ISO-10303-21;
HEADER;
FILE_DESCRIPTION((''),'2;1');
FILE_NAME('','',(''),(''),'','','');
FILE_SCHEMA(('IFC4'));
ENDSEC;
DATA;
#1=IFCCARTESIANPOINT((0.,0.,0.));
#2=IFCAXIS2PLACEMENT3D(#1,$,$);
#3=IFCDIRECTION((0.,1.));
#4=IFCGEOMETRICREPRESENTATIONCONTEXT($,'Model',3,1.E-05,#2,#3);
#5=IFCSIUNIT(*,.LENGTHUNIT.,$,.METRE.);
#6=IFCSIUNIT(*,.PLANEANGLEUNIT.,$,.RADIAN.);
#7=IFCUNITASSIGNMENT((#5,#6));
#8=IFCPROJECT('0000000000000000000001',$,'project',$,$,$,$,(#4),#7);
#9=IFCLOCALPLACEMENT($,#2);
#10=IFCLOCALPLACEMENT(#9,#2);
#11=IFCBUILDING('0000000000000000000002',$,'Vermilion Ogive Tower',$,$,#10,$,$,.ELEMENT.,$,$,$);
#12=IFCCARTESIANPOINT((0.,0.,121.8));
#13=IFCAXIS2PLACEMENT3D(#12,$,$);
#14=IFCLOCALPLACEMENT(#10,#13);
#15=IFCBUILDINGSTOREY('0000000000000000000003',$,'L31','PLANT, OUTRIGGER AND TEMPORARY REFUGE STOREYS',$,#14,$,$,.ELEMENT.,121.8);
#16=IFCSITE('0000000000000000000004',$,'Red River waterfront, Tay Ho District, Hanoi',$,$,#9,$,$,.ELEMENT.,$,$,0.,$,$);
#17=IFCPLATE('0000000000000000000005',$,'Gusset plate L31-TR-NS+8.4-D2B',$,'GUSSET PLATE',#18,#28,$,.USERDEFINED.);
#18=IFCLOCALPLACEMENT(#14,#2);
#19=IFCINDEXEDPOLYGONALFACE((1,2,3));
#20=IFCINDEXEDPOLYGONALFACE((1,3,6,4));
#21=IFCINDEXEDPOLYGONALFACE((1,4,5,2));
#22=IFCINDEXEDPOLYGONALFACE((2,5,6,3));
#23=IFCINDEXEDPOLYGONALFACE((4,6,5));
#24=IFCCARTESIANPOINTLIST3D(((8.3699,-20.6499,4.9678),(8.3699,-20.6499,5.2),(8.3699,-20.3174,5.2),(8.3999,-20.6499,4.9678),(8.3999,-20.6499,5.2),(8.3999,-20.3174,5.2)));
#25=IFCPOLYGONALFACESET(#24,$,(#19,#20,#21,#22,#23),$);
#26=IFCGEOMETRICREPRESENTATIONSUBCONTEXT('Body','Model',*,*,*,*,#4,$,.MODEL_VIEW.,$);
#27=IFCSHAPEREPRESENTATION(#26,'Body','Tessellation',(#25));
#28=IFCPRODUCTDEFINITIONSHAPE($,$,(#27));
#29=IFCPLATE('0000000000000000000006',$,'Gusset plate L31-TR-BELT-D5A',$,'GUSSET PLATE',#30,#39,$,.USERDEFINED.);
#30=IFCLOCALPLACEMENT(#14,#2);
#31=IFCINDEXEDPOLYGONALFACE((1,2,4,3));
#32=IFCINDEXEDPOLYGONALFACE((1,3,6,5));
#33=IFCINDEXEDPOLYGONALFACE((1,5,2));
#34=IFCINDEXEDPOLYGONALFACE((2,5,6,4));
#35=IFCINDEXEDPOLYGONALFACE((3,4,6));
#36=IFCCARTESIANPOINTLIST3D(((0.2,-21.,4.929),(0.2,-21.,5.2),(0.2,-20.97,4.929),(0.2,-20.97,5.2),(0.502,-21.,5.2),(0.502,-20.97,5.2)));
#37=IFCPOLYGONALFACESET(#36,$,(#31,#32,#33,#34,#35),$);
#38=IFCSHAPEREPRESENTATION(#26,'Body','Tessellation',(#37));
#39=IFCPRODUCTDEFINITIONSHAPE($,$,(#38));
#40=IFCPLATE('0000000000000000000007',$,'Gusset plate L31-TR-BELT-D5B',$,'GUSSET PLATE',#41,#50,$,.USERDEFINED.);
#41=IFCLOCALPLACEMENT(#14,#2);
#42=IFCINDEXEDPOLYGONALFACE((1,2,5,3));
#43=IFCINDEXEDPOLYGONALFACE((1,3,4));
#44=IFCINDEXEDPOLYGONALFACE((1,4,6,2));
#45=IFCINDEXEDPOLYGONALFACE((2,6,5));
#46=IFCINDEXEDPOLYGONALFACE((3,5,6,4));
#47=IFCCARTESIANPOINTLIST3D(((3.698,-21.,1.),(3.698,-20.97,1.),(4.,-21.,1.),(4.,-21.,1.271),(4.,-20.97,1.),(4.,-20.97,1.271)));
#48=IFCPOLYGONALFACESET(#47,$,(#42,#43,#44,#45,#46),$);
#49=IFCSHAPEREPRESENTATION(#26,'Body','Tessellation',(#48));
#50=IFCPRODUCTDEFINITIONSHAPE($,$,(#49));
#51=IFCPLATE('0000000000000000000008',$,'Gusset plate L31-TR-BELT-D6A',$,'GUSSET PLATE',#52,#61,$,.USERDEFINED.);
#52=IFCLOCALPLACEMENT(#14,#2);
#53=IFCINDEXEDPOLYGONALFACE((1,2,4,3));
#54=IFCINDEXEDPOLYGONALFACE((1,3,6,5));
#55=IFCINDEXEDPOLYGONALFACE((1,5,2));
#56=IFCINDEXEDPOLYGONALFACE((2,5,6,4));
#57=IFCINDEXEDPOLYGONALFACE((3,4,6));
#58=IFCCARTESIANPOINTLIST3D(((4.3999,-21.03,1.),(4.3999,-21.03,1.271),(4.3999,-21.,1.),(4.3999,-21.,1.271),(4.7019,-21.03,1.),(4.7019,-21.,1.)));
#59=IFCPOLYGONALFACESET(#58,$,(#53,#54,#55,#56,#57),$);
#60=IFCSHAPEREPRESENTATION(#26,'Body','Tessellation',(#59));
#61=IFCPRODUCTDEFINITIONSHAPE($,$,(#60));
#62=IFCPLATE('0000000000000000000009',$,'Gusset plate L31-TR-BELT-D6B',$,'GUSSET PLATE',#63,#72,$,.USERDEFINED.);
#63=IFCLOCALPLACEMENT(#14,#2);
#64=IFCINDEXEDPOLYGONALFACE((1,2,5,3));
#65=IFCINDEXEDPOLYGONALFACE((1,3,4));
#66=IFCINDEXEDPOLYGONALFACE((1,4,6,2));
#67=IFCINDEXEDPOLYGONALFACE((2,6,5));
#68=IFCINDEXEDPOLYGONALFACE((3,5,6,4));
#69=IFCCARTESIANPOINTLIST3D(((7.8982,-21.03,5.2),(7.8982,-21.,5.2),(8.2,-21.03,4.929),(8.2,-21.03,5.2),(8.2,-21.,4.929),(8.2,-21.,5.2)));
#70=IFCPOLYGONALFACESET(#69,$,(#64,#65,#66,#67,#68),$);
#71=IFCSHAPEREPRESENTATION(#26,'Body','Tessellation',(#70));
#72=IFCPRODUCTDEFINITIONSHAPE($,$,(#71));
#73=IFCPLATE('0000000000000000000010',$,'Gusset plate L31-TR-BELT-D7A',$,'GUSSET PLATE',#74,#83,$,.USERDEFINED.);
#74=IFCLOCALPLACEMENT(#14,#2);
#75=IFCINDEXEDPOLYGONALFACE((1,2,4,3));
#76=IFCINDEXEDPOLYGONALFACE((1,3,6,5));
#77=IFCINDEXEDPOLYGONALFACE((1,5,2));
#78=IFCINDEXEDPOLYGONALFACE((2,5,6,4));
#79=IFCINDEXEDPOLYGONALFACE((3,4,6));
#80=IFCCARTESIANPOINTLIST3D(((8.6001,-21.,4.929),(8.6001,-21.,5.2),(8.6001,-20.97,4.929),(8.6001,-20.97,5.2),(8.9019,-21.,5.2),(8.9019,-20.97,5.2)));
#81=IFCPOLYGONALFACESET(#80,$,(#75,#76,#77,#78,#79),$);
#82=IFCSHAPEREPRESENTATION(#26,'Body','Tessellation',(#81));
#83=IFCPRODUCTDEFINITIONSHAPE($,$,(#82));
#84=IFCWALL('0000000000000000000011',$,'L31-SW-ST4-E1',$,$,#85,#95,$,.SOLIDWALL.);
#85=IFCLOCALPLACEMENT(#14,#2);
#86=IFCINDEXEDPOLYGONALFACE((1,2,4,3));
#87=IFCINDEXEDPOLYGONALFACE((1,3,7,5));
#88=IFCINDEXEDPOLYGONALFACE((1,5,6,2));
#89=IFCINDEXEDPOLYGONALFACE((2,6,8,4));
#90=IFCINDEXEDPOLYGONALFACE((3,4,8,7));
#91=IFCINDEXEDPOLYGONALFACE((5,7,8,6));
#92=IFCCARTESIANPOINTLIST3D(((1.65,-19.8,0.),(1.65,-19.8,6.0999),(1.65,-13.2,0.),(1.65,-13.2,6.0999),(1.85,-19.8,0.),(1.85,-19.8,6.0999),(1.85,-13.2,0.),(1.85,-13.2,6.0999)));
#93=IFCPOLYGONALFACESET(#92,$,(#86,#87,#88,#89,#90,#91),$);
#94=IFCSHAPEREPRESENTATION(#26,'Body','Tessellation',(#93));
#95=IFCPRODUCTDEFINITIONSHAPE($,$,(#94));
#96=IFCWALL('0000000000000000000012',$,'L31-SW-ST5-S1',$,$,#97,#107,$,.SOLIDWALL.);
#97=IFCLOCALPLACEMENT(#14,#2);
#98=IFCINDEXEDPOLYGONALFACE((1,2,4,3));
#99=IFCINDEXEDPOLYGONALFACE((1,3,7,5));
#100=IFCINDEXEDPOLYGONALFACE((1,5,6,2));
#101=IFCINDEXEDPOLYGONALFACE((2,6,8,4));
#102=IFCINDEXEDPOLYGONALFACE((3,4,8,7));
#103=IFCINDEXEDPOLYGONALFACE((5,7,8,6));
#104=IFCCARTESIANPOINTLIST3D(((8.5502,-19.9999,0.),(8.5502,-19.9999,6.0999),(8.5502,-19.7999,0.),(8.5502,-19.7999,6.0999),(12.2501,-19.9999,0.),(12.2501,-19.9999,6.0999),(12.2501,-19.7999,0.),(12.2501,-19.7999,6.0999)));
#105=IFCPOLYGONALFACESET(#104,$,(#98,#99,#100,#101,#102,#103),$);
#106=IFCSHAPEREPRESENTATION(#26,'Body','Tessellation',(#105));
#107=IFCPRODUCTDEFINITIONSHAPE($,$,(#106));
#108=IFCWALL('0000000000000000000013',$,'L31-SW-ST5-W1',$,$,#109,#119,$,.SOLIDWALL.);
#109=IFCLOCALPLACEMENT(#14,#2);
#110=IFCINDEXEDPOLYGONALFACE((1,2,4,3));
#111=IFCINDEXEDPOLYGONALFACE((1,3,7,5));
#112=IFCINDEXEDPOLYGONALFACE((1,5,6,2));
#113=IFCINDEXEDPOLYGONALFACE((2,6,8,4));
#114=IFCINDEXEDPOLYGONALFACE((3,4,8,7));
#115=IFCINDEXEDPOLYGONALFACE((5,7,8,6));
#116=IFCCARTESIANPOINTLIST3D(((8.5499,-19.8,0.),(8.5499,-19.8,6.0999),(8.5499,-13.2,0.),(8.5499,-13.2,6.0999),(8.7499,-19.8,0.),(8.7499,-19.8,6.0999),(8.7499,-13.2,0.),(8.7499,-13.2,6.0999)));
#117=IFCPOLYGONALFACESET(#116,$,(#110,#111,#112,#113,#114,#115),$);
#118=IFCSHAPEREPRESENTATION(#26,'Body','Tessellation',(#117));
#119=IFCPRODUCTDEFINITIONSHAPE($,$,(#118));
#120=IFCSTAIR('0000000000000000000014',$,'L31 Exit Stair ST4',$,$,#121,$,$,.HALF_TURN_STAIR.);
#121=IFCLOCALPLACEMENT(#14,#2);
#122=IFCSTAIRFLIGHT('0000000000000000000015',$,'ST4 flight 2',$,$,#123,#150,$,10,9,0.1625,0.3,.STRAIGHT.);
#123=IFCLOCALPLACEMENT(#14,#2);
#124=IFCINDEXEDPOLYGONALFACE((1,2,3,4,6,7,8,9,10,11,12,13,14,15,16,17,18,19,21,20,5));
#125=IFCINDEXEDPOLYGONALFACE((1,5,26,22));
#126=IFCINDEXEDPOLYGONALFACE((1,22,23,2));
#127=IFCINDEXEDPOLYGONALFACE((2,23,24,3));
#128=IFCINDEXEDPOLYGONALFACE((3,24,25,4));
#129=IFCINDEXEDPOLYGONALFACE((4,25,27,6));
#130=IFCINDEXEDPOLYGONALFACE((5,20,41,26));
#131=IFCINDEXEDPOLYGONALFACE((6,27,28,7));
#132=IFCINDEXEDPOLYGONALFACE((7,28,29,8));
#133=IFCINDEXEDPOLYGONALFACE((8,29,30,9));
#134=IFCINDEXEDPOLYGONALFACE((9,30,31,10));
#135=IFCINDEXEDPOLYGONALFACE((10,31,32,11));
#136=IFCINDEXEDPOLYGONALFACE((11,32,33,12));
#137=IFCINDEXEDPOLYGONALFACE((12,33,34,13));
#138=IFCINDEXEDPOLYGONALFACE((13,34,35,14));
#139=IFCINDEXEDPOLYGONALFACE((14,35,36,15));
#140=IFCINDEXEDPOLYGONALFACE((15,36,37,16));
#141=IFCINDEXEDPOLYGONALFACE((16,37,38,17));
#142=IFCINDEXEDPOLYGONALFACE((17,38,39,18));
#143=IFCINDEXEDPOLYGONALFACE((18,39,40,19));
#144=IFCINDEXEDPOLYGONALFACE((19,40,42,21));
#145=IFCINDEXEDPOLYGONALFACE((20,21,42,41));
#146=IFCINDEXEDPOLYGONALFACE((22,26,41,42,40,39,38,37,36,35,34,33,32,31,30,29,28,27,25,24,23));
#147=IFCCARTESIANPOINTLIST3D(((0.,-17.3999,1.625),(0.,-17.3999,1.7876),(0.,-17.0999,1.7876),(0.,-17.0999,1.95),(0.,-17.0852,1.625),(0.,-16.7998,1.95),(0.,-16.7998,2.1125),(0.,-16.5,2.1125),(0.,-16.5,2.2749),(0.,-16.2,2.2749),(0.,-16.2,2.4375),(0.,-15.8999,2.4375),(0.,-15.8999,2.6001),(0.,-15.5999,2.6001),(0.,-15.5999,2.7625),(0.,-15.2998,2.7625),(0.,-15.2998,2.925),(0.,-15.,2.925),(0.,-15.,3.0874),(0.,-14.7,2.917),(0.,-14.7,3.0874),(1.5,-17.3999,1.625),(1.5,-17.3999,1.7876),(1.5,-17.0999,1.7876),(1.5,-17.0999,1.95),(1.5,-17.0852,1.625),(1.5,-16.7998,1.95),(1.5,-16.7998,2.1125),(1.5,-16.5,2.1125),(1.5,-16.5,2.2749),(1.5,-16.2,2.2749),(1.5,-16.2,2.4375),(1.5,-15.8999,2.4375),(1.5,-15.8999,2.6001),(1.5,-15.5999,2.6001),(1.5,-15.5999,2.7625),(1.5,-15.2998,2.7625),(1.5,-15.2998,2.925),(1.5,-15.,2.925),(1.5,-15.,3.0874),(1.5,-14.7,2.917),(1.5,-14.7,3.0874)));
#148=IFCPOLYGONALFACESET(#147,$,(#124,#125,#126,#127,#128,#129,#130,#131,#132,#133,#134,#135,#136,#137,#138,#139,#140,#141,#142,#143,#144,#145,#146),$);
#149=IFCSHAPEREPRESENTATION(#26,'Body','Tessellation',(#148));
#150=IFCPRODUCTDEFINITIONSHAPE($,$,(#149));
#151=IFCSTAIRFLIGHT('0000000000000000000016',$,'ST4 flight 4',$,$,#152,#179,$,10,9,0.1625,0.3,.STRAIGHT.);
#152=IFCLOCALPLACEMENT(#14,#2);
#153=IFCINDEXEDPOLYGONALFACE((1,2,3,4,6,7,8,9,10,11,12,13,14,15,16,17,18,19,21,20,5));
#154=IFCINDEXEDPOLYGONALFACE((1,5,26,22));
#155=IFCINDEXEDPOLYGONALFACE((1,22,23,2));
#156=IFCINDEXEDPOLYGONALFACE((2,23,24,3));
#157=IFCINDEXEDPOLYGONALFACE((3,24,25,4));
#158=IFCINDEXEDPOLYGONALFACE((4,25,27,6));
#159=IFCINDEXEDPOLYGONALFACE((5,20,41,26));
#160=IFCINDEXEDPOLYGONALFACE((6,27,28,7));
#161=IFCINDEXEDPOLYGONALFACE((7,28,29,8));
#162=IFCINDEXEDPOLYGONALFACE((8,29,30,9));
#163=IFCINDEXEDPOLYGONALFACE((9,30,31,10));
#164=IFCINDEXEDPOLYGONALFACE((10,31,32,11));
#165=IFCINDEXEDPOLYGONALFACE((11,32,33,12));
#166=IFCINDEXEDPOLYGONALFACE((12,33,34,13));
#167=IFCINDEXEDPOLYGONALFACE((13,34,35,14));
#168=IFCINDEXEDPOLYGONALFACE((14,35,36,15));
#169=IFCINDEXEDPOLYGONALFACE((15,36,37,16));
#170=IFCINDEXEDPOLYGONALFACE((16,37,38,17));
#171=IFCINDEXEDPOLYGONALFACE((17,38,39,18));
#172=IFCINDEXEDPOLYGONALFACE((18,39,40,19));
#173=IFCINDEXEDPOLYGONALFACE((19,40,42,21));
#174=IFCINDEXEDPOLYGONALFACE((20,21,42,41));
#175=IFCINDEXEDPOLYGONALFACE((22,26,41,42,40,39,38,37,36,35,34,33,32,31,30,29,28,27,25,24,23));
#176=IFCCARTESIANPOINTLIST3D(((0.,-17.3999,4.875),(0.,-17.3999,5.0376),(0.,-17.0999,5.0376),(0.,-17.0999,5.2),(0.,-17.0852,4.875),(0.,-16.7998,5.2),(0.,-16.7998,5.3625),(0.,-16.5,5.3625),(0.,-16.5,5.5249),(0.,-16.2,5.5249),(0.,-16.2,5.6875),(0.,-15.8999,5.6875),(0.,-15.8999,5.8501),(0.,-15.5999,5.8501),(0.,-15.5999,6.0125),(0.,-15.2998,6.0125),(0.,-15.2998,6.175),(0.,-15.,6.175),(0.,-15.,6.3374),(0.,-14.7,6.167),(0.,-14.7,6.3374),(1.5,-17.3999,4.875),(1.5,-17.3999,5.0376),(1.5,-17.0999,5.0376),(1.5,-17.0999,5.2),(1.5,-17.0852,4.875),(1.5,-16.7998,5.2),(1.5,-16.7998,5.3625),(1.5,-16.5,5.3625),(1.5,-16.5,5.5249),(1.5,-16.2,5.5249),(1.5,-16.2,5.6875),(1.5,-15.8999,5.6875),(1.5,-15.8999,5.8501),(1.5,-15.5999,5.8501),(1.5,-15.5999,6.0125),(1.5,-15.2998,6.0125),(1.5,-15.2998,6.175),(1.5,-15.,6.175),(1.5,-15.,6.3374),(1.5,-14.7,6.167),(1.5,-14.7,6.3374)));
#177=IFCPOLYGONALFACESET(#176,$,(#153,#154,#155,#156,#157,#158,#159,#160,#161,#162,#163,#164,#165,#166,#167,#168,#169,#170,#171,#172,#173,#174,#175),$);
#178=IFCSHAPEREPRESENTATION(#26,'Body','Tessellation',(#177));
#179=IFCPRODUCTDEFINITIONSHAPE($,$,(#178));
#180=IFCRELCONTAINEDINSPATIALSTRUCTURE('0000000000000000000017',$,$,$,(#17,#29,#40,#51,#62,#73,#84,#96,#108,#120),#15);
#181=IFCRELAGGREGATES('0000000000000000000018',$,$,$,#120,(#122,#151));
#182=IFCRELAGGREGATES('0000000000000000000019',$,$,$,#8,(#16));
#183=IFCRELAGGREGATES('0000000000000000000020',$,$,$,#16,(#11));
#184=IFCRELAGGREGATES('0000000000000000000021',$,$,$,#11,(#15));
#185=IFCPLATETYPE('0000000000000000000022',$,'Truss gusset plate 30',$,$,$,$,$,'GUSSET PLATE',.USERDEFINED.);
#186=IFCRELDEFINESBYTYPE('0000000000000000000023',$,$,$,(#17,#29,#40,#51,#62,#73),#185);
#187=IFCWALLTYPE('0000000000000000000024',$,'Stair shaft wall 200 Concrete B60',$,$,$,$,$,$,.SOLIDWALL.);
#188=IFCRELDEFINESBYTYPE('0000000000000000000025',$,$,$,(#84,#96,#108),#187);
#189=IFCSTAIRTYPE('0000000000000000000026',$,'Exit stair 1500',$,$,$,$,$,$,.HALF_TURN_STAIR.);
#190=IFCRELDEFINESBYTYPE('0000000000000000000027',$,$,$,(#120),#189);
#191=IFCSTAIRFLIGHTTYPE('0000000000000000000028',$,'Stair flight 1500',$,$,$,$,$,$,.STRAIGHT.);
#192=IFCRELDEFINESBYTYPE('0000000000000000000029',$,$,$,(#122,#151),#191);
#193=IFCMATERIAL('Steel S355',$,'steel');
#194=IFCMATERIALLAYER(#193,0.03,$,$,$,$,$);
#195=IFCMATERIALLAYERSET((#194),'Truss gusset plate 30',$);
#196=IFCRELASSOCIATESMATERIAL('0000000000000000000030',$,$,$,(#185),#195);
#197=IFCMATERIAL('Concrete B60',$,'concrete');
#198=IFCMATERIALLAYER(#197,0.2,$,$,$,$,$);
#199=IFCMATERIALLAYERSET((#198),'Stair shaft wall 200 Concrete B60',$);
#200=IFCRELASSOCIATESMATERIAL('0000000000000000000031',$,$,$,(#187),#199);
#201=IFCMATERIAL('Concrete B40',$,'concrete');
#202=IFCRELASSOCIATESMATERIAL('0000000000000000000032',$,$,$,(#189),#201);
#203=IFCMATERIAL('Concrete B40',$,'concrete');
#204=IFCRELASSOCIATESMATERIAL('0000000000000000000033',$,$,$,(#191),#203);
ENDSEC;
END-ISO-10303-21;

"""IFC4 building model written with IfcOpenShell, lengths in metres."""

from ifc_helpers import new_model, si_unit, direction, frame, frame_2d, origin, place, context, subcontext, project, spatial, polyline, rectangle, outline, extrude, material, layer, layer_set, type_object, element, aggregate, save


model = new_model("IFC4")

# Units and contexts
model_context = context("Model", 3, precision=1e-05, world=origin(), true_north=direction((0.0, 1.0)))
body_context = subcontext(model_context, "Body", "Model", "MODEL_VIEW")
ifc_project = project(units=[si_unit("LENGTHUNIT", "METRE"), si_unit("PLANEANGLEUNIT", "RADIAN")], contexts=[model_context])

# Site, building, storey
site_placement = place(None, origin())
site = spatial("IfcSite", under=ifc_project, at=site_placement, Name="Red River waterfront, Tay Ho District, Hanoi", CompositionType="ELEMENT", RefElevation=0.0)
building_placement = place(site_placement, origin())
building = spatial("IfcBuilding", under=site, at=building_placement, Name="Vermilion Ogive Tower", CompositionType="ELEMENT")
storey_placement = place(building_placement, frame((0.0, 0.0, 121.8)))
storey = spatial("IfcBuildingStorey", under=building, at=storey_placement, Name="L31", Description="PLANT, OUTRIGGER AND TEMPORARY REFUGE STOREYS", CompositionType="ELEMENT", Elevation=121.8)

# Plates
ifc_material_1 = material(Name="Steel S355", Category="steel")
ifc_layer_1 = layer(ifc_material_1, 0.03)
ifc_layer_set_1 = layer_set([ifc_layer_1], Name="Truss gusset plate 30")
plate_type_1 = type_object("IfcPlateType", Name="Truss gusset plate 30", ElementType="GUSSET PLATE", PredefinedType="USERDEFINED", material=ifc_layer_set_1)
plate_1_placement = place(storey_placement, frame((8.3999, -20.6499, 4.9678), z_axis=(1.0, 0.0, 0.0), x_axis=(0.0, 0.81991, 0.572492)))
element("IfcPlate", 1, at=plate_1_placement, inside=storey, type_object=plate_type_1, Name="Gusset plate L31-TR-NS+8.4-D2B", ObjectType="GUSSET PLATE", PredefinedType="USERDEFINED", context=body_context, shape_type="SweptSolid", body=[
    extrude(outline(polyline([(0.0, 0.0), (0.4056, 0.0), (0.1329, 0.1904), (0.0, 0.0)])), origin(), (0.0, 0.0, -1.0), 0.03),
])
for number, where, z_axis, x_axis, name in (
    (2, (0.2, -21.0, 4.929), (0.0, -1.0, 0.0), (0.744281, 0.0, 0.667867), "Gusset plate L31-TR-BELT-D5A"),
    (3, (4.0, -21.0, 1.271), (0.0, -1.0, 0.0), (-0.744281, 0.0, -0.667867), "Gusset plate L31-TR-BELT-D5B"),
    (4, (4.3999, -21.0, 1.271), (0.0, 1.0, 0.0), (0.744281, 0.0, -0.667867), "Gusset plate L31-TR-BELT-D6A"),
):
    element("IfcPlate", number, at=place(storey_placement, frame(where, z_axis=z_axis, x_axis=x_axis)), inside=storey, type_object=plate_type_1, Name=name, ObjectType="GUSSET PLATE", PredefinedType="USERDEFINED", context=body_context, shape_type="SweptSolid", body=[
        extrude(outline(polyline([(0.0, 0.0), (0.4058, 0.0), (0.181, 0.2017), (0.0, 0.0)])), origin(), (0.0, 0.0, -1.0), 0.03),
    ])
for number, where, z_axis, x_axis, name in (
    (5, (8.2, -21.0, 4.929), (0.0, 1.0, 0.0), (-0.744012, 0.0, 0.668166), "Gusset plate L31-TR-BELT-D6B"),
    (6, (8.6001, -21.0, 4.929), (0.0, -1.0, 0.0), (0.744012, 0.0, 0.668166), "Gusset plate L31-TR-BELT-D7A"),
):
    element("IfcPlate", number, at=place(storey_placement, frame(where, z_axis=z_axis, x_axis=x_axis)), inside=storey, type_object=plate_type_1, Name=name, ObjectType="GUSSET PLATE", PredefinedType="USERDEFINED", context=body_context, shape_type="SweptSolid", body=[
        extrude(outline(polyline([(0.0, 0.0), (0.4056, 0.0), (0.1811, 0.2016), (0.0, 0.0)])), origin(), (0.0, 0.0, -1.0), 0.03),
    ])

# Walls
ifc_material_2 = material(Name="Concrete B60", Category="concrete")
ifc_layer_2 = layer(ifc_material_2, 0.2)
ifc_layer_set_2 = layer_set([ifc_layer_2], Name="Stair shaft wall 200 Concrete B60")
wall_type = type_object("IfcWallType", Name="Stair shaft wall 200 Concrete B60", PredefinedType="SOLIDWALL", material=ifc_layer_set_2)
wall_1_placement = place(storey_placement, frame((1.75, -19.8, 0.0), z_axis=(0.0, 0.0, 1.0), x_axis=(0.0, 1.0, 0.0)))
element("IfcWall", 7, at=wall_1_placement, inside=storey, type_object=wall_type, Name="L31-SW-ST4-E1", PredefinedType="SOLIDWALL", context=body_context, shape_type="SweptSolid", body=[
    extrude(rectangle(XDim=6.6001, YDim=0.2, at=frame_2d((3.3, 0.0))), origin(), (0.0, 0.0, 1.0), 6.0999),
])
wall_2_placement = place(storey_placement, frame((8.55, -19.8999, 0.0), z_axis=(0.0, 0.0, 1.0), x_axis=(1.0, 0.0, 0.0)))
element("IfcWall", 8, at=wall_2_placement, inside=storey, type_object=wall_type, Name="L31-SW-ST5-S1", PredefinedType="SOLIDWALL", context=body_context, shape_type="SweptSolid", body=[
    extrude(rectangle(XDim=3.7, YDim=0.2, at=frame_2d((1.8501, 0.0))), origin(), (0.0, 0.0, 1.0), 6.0999),
])
wall_3_placement = place(storey_placement, frame((8.6499, -19.8, 0.0), z_axis=(0.0, 0.0, 1.0), x_axis=(0.0, 1.0, 0.0)))
element("IfcWall", 9, at=wall_3_placement, inside=storey, type_object=wall_type, Name="L31-SW-ST5-W1", PredefinedType="SOLIDWALL", context=body_context, shape_type="SweptSolid", body=[
    extrude(rectangle(XDim=6.6001, YDim=0.2, at=frame_2d((3.3, 0.0))), origin(), (0.0, 0.0, 1.0), 6.0999),
])

# Stair, stair flights
ifc_material_3 = material(Name="Concrete B40", Category="concrete")
stair_type = type_object("IfcStairType", Name="Exit stair 1500", PredefinedType="HALF_TURN_STAIR", material=ifc_material_3)
stair_placement = place(storey_placement, origin())
stair = element("IfcStair", 10, at=stair_placement, inside=storey, type_object=stair_type, Name="L31 Exit Stair ST4", PredefinedType="HALF_TURN_STAIR")
ifc_material_4 = material(Name="Concrete B40", Category="concrete")
stair_flight_type = type_object("IfcStairFlightType", Name="Stair flight 1500", PredefinedType="STRAIGHT", material=ifc_material_4)
stair_flight_1_placement = place(storey_placement, frame((0.75, -17.3999, 1.625), z_axis=(0.0, 0.0, 1.0), x_axis=(0.0, 1.0, 0.0)))
stair_flight_1 = element("IfcStairFlight", 11, at=stair_flight_1_placement, type_object=stair_flight_type, Name="ST4 flight 2", NumberOfRisers=10, NumberOfTreads=9, PredefinedType="STRAIGHT", RiserHeight=0.1625, TreadLength=0.3, context=body_context, shape_type="SweptSolid", body=[
    extrude(outline(polyline([(0.0, 0.0), (0.0, 0.1626), (0.3, 0.1626), (0.3, 0.325), (0.6001, 0.325), (0.6001, 0.4875), (0.8999, 0.4875), (0.8999, 0.6499), (1.2, 0.6499), (1.2, 0.8125), (1.5, 0.8125), (1.5, 0.9751), (1.8, 0.9751), (1.8, 1.1375), (2.1001, 1.1375), (2.1001, 1.3), (2.3999, 1.3), (2.3999, 1.4624), (2.7, 1.4624), (2.7, 1.625), (2.7, 1.292), (0.3147, 0.0), (0.0, 0.0)])), frame((0.0, 0.75, 0.0), z_axis=(0.0, -1.0, 0.0), x_axis=(1.0, 0.0, 0.0)), (0.0, 0.0, 1.0), 1.5),
])
stair_flight_2_placement = place(storey_placement, frame((0.75, -17.3999, 4.875), z_axis=(0.0, 0.0, 1.0), x_axis=(0.0, 1.0, 0.0)))
stair_flight_2 = element("IfcStairFlight", 12, at=stair_flight_2_placement, type_object=stair_flight_type, Name="ST4 flight 4", NumberOfRisers=10, NumberOfTreads=9, PredefinedType="STRAIGHT", RiserHeight=0.1625, TreadLength=0.3, context=body_context, shape_type="SweptSolid", body=[
    extrude(outline(polyline([(0.0, 0.0), (0.0, 0.1626), (0.3, 0.1626), (0.3, 0.325), (0.6001, 0.325), (0.6001, 0.4875), (0.8999, 0.4875), (0.8999, 0.6499), (1.2, 0.6499), (1.2, 0.8125), (1.5, 0.8125), (1.5, 0.9751), (1.8, 0.9751), (1.8, 1.1375), (2.1001, 1.1375), (2.1001, 1.3), (2.3999, 1.3), (2.3999, 1.4624), (2.7, 1.4624), (2.7, 1.625), (2.7, 1.292), (0.3147, 0.0), (0.0, 0.0)])), frame((0.0, 0.75, 0.0), z_axis=(0.0, -1.0, 0.0), x_axis=(1.0, 0.0, 0.0)), (0.0, 0.0, 1.0), 1.5),
])
aggregate(stair, [stair_flight_1, stair_flight_2])

save(model, "model.ifc")
